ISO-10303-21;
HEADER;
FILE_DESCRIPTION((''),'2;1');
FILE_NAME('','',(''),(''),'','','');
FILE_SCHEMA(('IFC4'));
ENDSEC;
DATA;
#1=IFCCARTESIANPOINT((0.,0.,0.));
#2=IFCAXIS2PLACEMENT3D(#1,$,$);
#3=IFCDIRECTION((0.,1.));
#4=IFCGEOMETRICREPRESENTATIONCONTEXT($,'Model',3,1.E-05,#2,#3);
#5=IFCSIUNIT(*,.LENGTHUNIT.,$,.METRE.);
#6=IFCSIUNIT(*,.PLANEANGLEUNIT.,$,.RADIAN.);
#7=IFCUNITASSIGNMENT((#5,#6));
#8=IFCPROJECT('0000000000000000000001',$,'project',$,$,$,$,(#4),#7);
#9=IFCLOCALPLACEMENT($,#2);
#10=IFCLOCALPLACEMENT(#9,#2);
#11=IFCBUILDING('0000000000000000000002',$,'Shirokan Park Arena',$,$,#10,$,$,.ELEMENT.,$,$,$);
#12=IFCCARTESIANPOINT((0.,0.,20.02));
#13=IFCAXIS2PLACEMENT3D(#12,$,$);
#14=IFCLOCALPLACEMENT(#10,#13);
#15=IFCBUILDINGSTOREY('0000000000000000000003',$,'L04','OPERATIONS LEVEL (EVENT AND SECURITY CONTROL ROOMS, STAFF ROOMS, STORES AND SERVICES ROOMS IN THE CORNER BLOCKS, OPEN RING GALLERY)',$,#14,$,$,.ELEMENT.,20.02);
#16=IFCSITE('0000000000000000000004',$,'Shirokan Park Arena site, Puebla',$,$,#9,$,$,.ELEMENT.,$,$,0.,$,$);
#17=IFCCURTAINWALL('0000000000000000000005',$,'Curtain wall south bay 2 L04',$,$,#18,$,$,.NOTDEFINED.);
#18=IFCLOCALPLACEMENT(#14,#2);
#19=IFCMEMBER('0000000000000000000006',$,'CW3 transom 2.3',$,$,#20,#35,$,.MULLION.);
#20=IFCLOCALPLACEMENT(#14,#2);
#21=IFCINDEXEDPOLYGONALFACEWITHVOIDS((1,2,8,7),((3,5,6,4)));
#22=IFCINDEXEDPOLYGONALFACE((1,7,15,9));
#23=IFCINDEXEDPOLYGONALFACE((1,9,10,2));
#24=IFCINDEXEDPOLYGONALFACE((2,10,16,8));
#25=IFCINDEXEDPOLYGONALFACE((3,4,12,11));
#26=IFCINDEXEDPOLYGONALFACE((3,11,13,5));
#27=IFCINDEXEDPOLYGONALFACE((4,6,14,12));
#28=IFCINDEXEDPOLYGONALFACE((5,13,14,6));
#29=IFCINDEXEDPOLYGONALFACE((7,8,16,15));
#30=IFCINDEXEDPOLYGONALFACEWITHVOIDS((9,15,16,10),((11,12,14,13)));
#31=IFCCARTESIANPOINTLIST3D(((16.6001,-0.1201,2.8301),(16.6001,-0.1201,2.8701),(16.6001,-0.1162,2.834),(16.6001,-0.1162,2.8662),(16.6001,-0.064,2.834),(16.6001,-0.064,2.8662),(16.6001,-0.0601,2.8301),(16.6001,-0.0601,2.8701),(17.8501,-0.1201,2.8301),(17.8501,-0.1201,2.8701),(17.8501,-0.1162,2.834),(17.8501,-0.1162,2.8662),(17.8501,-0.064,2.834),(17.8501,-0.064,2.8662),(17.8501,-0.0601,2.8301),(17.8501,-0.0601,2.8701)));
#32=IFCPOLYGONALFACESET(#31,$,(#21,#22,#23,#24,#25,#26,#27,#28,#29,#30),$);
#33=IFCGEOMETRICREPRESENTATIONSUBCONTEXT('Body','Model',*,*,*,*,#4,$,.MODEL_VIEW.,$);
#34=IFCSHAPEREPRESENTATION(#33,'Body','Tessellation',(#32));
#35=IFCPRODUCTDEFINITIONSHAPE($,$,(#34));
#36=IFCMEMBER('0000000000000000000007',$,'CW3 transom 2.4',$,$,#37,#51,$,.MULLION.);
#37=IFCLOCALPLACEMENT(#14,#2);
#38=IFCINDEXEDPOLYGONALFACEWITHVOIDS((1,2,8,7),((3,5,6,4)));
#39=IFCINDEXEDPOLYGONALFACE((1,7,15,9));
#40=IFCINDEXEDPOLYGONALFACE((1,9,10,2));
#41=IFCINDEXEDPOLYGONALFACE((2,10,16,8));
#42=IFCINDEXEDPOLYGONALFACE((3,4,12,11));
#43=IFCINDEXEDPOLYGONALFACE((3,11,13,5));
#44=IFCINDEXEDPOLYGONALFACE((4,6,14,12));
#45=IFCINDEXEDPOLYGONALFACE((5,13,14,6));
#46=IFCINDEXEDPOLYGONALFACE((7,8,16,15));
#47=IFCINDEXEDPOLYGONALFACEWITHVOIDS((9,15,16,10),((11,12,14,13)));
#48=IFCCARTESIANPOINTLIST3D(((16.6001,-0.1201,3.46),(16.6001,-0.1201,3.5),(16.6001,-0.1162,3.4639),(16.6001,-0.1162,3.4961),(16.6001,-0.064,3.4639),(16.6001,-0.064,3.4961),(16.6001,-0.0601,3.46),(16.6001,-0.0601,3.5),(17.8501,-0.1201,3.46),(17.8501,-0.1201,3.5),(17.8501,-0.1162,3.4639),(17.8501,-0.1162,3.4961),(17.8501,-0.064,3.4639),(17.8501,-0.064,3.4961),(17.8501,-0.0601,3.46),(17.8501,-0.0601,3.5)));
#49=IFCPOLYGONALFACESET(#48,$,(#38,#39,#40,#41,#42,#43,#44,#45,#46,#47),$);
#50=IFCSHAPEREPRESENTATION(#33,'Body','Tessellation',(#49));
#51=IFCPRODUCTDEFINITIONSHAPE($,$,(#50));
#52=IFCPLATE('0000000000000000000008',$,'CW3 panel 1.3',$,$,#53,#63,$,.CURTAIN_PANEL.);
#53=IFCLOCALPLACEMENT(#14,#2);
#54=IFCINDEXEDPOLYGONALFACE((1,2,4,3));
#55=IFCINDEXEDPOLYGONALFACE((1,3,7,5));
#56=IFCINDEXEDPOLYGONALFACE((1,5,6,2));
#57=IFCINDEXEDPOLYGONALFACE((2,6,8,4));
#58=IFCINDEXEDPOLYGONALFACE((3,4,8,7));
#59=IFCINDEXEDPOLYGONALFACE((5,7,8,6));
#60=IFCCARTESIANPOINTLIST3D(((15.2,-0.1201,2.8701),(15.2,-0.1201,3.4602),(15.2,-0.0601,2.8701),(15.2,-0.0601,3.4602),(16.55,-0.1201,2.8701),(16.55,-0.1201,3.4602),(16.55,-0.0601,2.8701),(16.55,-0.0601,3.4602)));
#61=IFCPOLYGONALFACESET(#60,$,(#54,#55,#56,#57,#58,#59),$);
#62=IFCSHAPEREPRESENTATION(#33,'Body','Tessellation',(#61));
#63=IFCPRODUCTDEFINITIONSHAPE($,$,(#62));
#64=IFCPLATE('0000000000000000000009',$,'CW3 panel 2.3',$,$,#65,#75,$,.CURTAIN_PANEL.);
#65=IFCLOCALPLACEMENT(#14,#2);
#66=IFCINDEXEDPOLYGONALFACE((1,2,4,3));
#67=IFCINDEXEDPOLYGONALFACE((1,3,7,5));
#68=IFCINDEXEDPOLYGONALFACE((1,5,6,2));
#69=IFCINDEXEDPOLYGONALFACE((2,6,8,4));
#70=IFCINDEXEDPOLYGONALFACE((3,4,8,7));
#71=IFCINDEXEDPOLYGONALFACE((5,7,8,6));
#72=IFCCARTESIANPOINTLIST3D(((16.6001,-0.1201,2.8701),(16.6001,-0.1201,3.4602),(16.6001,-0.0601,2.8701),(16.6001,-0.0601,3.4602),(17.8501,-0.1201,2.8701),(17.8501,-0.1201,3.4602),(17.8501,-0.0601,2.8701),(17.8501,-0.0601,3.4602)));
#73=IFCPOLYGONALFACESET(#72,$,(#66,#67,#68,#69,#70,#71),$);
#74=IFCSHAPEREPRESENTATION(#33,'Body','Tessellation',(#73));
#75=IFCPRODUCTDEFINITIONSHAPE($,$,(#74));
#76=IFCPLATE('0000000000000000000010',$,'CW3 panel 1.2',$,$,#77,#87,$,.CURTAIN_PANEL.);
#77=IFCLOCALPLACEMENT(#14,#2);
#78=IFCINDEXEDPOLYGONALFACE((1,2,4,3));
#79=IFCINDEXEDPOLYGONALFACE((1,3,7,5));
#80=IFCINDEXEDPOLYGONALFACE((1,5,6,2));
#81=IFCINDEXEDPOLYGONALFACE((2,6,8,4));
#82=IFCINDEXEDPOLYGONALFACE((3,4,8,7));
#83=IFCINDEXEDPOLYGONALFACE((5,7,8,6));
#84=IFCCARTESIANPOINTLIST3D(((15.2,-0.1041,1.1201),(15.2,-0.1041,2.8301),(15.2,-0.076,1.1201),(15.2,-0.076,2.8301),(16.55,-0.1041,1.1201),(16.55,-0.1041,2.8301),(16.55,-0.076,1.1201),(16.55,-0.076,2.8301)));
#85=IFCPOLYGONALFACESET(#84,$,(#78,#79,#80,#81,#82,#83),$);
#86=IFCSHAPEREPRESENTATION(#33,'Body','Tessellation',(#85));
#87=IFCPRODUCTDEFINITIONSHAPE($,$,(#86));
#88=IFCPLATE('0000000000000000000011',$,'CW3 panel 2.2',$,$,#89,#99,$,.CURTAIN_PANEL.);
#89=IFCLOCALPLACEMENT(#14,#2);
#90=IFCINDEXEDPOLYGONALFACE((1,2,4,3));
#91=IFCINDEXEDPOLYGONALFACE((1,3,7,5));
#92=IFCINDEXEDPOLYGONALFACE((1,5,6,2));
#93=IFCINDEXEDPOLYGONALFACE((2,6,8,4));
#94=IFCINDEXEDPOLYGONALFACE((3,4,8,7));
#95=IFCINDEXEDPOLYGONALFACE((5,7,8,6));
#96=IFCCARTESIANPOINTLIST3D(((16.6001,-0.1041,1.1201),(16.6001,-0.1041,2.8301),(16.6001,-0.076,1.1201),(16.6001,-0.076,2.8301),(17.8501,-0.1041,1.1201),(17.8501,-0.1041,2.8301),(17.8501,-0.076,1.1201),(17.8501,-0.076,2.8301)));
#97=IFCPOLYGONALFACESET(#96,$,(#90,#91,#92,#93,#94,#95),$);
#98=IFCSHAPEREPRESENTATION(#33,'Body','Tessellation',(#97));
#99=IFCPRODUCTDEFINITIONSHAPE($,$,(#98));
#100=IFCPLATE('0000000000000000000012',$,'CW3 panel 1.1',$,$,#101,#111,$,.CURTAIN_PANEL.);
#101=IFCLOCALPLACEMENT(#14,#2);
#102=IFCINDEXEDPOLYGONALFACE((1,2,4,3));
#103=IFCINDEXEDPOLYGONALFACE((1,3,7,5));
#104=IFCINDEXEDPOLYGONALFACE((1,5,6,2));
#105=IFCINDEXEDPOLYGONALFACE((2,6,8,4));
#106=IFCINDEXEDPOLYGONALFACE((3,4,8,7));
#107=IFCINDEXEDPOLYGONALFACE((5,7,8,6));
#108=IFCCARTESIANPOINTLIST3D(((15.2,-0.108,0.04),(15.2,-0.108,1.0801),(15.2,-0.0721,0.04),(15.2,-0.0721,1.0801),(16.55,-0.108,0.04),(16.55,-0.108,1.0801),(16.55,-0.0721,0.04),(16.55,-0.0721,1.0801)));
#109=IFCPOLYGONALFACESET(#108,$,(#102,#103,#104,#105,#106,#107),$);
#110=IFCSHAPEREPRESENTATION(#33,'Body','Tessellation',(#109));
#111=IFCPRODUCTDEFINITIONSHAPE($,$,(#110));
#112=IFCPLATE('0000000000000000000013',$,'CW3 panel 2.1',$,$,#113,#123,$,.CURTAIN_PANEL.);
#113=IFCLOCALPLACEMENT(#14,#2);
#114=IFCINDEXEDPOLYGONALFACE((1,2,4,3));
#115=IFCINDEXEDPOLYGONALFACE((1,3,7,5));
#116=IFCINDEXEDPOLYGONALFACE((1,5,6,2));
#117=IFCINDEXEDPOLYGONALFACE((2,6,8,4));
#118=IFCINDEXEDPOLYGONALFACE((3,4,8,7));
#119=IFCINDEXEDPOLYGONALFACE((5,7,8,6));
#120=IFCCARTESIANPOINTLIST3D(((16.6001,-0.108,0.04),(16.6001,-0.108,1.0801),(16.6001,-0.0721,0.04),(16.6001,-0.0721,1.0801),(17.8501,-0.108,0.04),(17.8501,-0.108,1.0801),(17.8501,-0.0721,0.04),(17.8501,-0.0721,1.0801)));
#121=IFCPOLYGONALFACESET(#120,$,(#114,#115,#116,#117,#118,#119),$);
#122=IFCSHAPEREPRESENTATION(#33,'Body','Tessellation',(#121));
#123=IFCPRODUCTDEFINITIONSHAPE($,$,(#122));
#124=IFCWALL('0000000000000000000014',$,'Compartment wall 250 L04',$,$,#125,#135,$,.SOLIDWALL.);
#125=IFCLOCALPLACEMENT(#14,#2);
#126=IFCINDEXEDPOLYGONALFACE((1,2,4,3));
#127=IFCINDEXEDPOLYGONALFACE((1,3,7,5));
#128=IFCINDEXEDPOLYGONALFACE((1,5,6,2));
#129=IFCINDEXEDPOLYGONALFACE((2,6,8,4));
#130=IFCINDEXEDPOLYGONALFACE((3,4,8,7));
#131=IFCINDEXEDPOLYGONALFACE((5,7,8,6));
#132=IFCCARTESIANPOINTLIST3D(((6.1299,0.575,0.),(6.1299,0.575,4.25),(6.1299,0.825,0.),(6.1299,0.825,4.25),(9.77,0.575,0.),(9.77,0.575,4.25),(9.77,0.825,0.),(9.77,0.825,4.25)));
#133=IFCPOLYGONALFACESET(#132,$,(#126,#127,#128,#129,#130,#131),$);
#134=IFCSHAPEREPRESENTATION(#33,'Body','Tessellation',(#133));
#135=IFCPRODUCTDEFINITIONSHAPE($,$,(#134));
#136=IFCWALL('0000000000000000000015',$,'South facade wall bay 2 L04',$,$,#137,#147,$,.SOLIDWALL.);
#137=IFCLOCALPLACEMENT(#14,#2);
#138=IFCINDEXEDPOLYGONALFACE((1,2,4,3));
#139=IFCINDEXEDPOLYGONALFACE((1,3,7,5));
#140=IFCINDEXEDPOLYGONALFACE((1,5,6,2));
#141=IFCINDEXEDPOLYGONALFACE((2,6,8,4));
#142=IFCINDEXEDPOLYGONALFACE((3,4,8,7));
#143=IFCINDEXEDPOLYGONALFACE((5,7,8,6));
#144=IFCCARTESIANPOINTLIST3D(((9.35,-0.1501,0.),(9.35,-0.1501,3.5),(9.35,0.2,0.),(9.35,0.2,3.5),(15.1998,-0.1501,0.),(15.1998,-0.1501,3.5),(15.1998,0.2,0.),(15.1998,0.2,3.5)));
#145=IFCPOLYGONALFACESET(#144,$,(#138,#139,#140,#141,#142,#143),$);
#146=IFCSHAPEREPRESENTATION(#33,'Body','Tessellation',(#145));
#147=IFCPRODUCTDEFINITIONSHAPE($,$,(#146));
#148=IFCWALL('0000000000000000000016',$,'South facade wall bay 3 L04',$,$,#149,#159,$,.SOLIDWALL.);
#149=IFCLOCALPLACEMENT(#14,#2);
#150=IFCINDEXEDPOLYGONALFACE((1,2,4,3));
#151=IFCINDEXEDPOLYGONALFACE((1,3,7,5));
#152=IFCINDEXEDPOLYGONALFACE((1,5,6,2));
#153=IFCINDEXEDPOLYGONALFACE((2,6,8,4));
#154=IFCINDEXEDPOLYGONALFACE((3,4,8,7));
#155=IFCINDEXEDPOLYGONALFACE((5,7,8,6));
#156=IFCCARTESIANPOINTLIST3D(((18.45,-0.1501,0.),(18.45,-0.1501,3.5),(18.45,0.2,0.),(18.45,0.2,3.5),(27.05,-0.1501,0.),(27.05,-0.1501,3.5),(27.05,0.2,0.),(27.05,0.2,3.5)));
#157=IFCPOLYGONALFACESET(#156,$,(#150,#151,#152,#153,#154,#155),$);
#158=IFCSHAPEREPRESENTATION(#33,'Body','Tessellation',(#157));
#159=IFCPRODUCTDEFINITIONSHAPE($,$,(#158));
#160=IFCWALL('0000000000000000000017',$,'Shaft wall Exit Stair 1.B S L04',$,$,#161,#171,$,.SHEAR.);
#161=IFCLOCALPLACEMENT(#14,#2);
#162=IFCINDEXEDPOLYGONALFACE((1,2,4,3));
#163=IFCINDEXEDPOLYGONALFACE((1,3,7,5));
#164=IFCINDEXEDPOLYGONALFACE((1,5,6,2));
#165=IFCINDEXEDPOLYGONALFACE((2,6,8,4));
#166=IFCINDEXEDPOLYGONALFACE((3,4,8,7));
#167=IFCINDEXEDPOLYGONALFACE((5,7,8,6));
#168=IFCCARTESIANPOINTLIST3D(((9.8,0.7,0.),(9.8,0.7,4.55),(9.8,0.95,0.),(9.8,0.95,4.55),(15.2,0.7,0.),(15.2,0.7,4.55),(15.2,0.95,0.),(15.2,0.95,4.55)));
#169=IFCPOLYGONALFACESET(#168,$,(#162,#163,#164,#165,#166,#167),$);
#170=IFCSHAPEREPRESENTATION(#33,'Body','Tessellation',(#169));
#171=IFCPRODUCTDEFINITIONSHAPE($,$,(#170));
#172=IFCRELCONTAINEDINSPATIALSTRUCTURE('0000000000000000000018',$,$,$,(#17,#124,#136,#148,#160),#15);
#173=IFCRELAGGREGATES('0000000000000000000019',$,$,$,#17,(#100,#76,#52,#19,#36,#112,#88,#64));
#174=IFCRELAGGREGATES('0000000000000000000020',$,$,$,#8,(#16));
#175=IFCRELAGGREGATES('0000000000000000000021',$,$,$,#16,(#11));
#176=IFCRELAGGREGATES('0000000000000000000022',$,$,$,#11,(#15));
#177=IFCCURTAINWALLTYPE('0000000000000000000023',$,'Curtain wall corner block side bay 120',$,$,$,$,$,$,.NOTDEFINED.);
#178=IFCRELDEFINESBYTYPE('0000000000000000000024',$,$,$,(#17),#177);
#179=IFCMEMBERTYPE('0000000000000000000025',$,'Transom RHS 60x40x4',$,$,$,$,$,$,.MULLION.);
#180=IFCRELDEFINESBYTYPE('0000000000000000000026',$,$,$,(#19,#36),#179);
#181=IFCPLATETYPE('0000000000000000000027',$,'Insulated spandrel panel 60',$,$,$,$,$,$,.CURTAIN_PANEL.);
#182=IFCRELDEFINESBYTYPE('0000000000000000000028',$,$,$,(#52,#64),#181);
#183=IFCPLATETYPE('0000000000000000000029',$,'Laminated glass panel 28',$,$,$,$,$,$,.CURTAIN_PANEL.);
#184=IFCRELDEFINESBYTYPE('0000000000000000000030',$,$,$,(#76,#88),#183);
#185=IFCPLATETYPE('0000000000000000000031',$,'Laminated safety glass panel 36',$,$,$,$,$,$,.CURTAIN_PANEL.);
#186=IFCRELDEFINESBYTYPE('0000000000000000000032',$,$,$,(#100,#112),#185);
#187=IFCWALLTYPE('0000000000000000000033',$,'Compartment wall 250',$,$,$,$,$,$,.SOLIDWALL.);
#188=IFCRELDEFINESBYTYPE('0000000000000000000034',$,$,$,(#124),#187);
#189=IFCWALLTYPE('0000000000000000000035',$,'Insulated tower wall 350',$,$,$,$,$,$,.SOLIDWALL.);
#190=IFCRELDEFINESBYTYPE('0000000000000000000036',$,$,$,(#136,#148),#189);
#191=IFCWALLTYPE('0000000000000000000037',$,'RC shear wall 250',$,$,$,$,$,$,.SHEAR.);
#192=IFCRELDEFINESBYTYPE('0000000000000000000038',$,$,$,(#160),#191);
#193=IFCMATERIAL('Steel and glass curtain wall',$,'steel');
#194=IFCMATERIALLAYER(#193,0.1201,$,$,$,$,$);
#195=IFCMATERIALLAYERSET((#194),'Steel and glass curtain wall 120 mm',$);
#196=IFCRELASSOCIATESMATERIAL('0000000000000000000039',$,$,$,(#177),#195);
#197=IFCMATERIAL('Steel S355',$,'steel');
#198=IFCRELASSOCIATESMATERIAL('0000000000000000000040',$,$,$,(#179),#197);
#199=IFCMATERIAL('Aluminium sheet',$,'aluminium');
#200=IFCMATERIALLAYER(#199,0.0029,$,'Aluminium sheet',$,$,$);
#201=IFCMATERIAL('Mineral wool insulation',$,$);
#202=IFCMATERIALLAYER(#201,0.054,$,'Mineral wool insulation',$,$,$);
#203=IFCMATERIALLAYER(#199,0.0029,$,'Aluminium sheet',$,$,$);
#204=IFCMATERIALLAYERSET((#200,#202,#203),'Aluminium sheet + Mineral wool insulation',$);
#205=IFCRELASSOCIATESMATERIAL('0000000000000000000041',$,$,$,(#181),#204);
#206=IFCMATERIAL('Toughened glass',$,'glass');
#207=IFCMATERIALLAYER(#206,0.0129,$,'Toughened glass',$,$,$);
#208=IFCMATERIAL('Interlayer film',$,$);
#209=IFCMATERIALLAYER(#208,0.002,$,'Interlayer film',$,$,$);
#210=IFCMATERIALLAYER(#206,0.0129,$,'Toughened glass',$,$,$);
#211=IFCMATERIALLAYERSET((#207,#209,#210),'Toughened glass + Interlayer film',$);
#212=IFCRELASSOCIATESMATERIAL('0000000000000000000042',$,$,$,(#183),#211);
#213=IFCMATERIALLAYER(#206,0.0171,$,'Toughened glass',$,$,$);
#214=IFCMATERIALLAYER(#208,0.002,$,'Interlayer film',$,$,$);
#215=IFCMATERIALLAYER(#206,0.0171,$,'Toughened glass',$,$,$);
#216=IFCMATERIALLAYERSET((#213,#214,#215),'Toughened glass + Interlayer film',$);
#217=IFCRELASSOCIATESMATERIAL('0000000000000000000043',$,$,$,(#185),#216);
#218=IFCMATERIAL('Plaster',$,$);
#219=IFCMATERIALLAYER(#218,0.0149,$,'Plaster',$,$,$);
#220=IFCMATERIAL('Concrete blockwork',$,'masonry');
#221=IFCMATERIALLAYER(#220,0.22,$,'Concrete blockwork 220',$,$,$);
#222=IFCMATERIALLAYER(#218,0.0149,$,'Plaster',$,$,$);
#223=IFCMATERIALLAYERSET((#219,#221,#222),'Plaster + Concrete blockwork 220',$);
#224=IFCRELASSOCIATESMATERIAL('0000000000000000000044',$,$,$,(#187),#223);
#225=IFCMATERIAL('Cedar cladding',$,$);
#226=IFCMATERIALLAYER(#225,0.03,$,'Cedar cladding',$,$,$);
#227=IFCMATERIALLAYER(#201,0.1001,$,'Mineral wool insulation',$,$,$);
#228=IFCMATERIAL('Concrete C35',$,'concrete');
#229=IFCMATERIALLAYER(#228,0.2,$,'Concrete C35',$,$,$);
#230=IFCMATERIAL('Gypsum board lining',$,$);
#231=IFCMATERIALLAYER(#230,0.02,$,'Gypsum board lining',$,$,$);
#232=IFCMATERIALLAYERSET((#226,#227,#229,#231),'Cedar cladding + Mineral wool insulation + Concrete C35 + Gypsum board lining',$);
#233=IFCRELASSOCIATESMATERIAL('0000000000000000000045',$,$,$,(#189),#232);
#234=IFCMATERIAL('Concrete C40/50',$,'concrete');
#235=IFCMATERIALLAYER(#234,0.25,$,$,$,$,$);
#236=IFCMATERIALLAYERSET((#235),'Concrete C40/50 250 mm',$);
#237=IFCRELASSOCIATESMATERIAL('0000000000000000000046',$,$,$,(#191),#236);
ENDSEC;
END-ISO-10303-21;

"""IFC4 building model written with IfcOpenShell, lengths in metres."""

from ifc_helpers import new_model, si_unit, direction, frame, frame_2d, origin, origin_2d, place, context, subcontext, project, spatial, rectangle, hollow_rectangle, extrude, material, layer, layer_set, material_profile, profile_set, type_object, element, aggregate, save


model = new_model("IFC4")

# Units and contexts
model_context = context("Model", 3, precision=1e-05, world=origin(), true_north=direction((0.0, 1.0)))
body_context = subcontext(model_context, "Body", "Model", "MODEL_VIEW")
ifc_project = project(units=[si_unit("LENGTHUNIT", "METRE"), si_unit("PLANEANGLEUNIT", "RADIAN")], contexts=[model_context])

# Site, building, storey
site_placement = place(None, origin())
site = spatial("IfcSite", under=ifc_project, at=site_placement, Name="Shirokan Park Arena site, Puebla", CompositionType="ELEMENT", RefElevation=0.0)
building_placement = place(site_placement, origin())
building = spatial("IfcBuilding", under=site, at=building_placement, Name="Shirokan Park Arena", CompositionType="ELEMENT")
storey_placement = place(building_placement, frame((0.0, 0.0, 20.02)))
storey = spatial("IfcBuildingStorey", under=building, at=storey_placement, Name="L04", Description="OPERATIONS LEVEL (EVENT AND SECURITY CONTROL ROOMS, STAFF ROOMS, STORES AND SERVICES ROOMS IN THE CORNER BLOCKS, OPEN RING GALLERY)", CompositionType="ELEMENT", Elevation=20.02)

# Shared definitions
ifc_material_1 = material(Name="Concrete C35", Category="concrete")

# Curtain wall
ifc_material_2 = material(Name="Steel and glass curtain wall", Category="steel")
ifc_layer_1 = layer(ifc_material_2, 0.1201)
ifc_layer_set_1 = layer_set([ifc_layer_1], Name="Steel and glass curtain wall 120 mm")
curtain_wall_type = type_object("IfcCurtainWallType", Name="Curtain wall corner block side bay 120", PredefinedType="NOTDEFINED", material=ifc_layer_set_1)
curtain_wall_placement = place(storey_placement, origin())
curtain_wall = element("IfcCurtainWall", 1, at=curtain_wall_placement, inside=storey, type_object=curtain_wall_type, Name="Curtain wall south bay 2 L04", PredefinedType="NOTDEFINED")
ifc_material_3 = material(Name="Steel S355", Category="steel")

# Members
ifc_material_profile_1 = material_profile(ifc_material_3, hollow_rectangle(XDim=0.0601, YDim=0.04, WallThickness=0.0039, at=origin_2d()), Name="RHS 60x40x4")
ifc_profile_set_1 = profile_set([ifc_material_profile_1], Name="Steel S355")
member_type_1 = type_object("IfcMemberType", Name="Transom RHS 60x40x4", PredefinedType="MULLION", material=ifc_profile_set_1)
member_1_placement = place(storey_placement, frame((16.6001, -0.0901, 2.8501), z_axis=(1.0, 0.0, 0.0), x_axis=(0.0, 1.0, 0.0)))
member_1 = element("IfcMember", 2, at=member_1_placement, type_object=member_type_1, Name="CW3 transom 2.3", PredefinedType="MULLION", context=body_context, shape_type="SweptSolid", body=[
    extrude(hollow_rectangle(XDim=0.0601, YDim=0.04, WallThickness=0.0039, at=origin_2d()), origin(), (0.0, 0.0, 1.0), 1.25),
])
member_2_placement = place(storey_placement, frame((16.6001, -0.0901, 3.48), z_axis=(1.0, 0.0, 0.0), x_axis=(0.0, 1.0, 0.0)))
member_2 = element("IfcMember", 3, at=member_2_placement, type_object=member_type_1, Name="CW3 transom 2.4", PredefinedType="MULLION", context=body_context, shape_type="SweptSolid", body=[
    extrude(hollow_rectangle(XDim=0.0601, YDim=0.04, WallThickness=0.0039, at=origin_2d()), origin(), (0.0, 0.0, 1.0), 1.25),
])

# Plates
ifc_material_4 = material(Name="Aluminium sheet", Category="aluminium")
ifc_layer_2 = layer(ifc_material_4, 0.0029, Name="Aluminium sheet")
ifc_material_5 = material(Name="Mineral wool insulation")
ifc_layer_3 = layer(ifc_material_5, 0.054, Name="Mineral wool insulation")
ifc_layer_4 = layer(ifc_material_4, 0.0029, Name="Aluminium sheet")
ifc_layer_set_2 = layer_set([ifc_layer_2, ifc_layer_3, ifc_layer_4], Name="Aluminium sheet + Mineral wool insulation")
plate_type_1 = type_object("IfcPlateType", Name="Insulated spandrel panel 60", PredefinedType="CURTAIN_PANEL", material=ifc_layer_set_2)
plate_1_placement = place(storey_placement, frame((15.875, -0.0901, 2.8701), z_axis=(0.0, 0.0, 1.0), x_axis=(1.0, 0.0, 0.0)))
plate_1 = element("IfcPlate", 4, at=plate_1_placement, type_object=plate_type_1, Name="CW3 panel 1.3", PredefinedType="CURTAIN_PANEL", context=body_context, shape_type="SweptSolid", body=[
    extrude(rectangle(XDim=1.3501, YDim=0.0601, at=origin_2d()), origin(), (0.0, 0.0, 1.0), 0.5901),
])
plate_2_placement = place(storey_placement, frame((17.2251, -0.0901, 2.8701), z_axis=(0.0, 0.0, 1.0), x_axis=(1.0, 0.0, 0.0)))
plate_2 = element("IfcPlate", 5, at=plate_2_placement, type_object=plate_type_1, Name="CW3 panel 2.3", PredefinedType="CURTAIN_PANEL", context=body_context, shape_type="SweptSolid", body=[
    extrude(rectangle(XDim=1.25, YDim=0.0601, at=origin_2d()), origin(), (0.0, 0.0, 1.0), 0.5901),
])
ifc_material_6 = material(Name="Toughened glass", Category="glass")
ifc_layer_5 = layer(ifc_material_6, 0.0129, Name="Toughened glass")
ifc_material_7 = material(Name="Interlayer film")
ifc_layer_6 = layer(ifc_material_7, 0.002, Name="Interlayer film")
ifc_layer_7 = layer(ifc_material_6, 0.0129, Name="Toughened glass")
ifc_layer_set_3 = layer_set([ifc_layer_5, ifc_layer_6, ifc_layer_7], Name="Toughened glass + Interlayer film")
plate_type_2 = type_object("IfcPlateType", Name="Laminated glass panel 28", PredefinedType="CURTAIN_PANEL", material=ifc_layer_set_3)
plate_3_placement = place(storey_placement, frame((15.875, -0.0901, 1.1201), z_axis=(0.0, 0.0, 1.0), x_axis=(1.0, 0.0, 0.0)))
plate_3 = element("IfcPlate", 6, at=plate_3_placement, type_object=plate_type_2, Name="CW3 panel 1.2", PredefinedType="CURTAIN_PANEL", context=body_context, shape_type="SweptSolid", body=[
    extrude(rectangle(XDim=1.3501, YDim=0.0281, at=origin_2d()), origin(), (0.0, 0.0, 1.0), 1.71),
])
plate_4_placement = place(storey_placement, frame((17.2251, -0.0901, 1.1201), z_axis=(0.0, 0.0, 1.0), x_axis=(1.0, 0.0, 0.0)))
plate_4 = element("IfcPlate", 7, at=plate_4_placement, type_object=plate_type_2, Name="CW3 panel 2.2", PredefinedType="CURTAIN_PANEL", context=body_context, shape_type="SweptSolid", body=[
    extrude(rectangle(XDim=1.25, YDim=0.0281, at=origin_2d()), origin(), (0.0, 0.0, 1.0), 1.71),
])
ifc_layer_8 = layer(ifc_material_6, 0.0171, Name="Toughened glass")
ifc_layer_9 = layer(ifc_material_7, 0.002, Name="Interlayer film")
ifc_layer_10 = layer(ifc_material_6, 0.0171, Name="Toughened glass")
ifc_layer_set_4 = layer_set([ifc_layer_8, ifc_layer_9, ifc_layer_10], Name="Toughened glass + Interlayer film")
plate_type_3 = type_object("IfcPlateType", Name="Laminated safety glass panel 36", PredefinedType="CURTAIN_PANEL", material=ifc_layer_set_4)
plate_5_placement = place(storey_placement, frame((15.875, -0.0901, 0.04), z_axis=(0.0, 0.0, 1.0), x_axis=(1.0, 0.0, 0.0)))
plate_5 = element("IfcPlate", 8, at=plate_5_placement, type_object=plate_type_3, Name="CW3 panel 1.1", PredefinedType="CURTAIN_PANEL", context=body_context, shape_type="SweptSolid", body=[
    extrude(rectangle(XDim=1.3501, YDim=0.0359, at=origin_2d()), origin(), (0.0, 0.0, 1.0), 1.04),
])
plate_6_placement = place(storey_placement, frame((17.2251, -0.0901, 0.04), z_axis=(0.0, 0.0, 1.0), x_axis=(1.0, 0.0, 0.0)))
plate_6 = element("IfcPlate", 9, at=plate_6_placement, type_object=plate_type_3, Name="CW3 panel 2.1", PredefinedType="CURTAIN_PANEL", context=body_context, shape_type="SweptSolid", body=[
    extrude(rectangle(XDim=1.25, YDim=0.0359, at=origin_2d()), origin(), (0.0, 0.0, 1.0), 1.04),
])
aggregate(curtain_wall, [plate_5, plate_3, plate_1, member_1, member_2, plate_6, plate_4, plate_2])

# Walls
ifc_material_8 = material(Name="Plaster")
ifc_layer_11 = layer(ifc_material_8, 0.0149, Name="Plaster")
ifc_material_9 = material(Name="Concrete blockwork", Category="masonry")
ifc_layer_12 = layer(ifc_material_9, 0.22, Name="Concrete blockwork 220")
ifc_layer_13 = layer(ifc_material_8, 0.0149, Name="Plaster")
ifc_layer_set_5 = layer_set([ifc_layer_11, ifc_layer_12, ifc_layer_13], Name="Plaster + Concrete blockwork 220")
wall_type_1 = type_object("IfcWallType", Name="Compartment wall 250", PredefinedType="SOLIDWALL", material=ifc_layer_set_5)
wall_1_placement = place(storey_placement, frame((9.77, 0.7, 0.0), z_axis=(0.0, 0.0, 1.0), x_axis=(-1.0, 0.0, 0.0)))
element("IfcWall", 10, at=wall_1_placement, inside=storey, type_object=wall_type_1, Name="Compartment wall 250 L04", PredefinedType="SOLIDWALL", context=body_context, shape_type="SweptSolid", body=[
    extrude(rectangle(XDim=3.6401, YDim=0.25, at=frame_2d((1.8201, 0.0))), origin(), (0.0, 0.0, 1.0), 4.25),
])
ifc_material_10 = material(Name="Cedar cladding")
ifc_layer_14 = layer(ifc_material_10, 0.03, Name="Cedar cladding")
ifc_layer_15 = layer(ifc_material_5, 0.1001, Name="Mineral wool insulation")
ifc_layer_16 = layer(ifc_material_1, 0.2, Name="Concrete C35")
ifc_material_11 = material(Name="Gypsum board lining")
ifc_layer_17 = layer(ifc_material_11, 0.02, Name="Gypsum board lining")
ifc_layer_set_6 = layer_set([ifc_layer_14, ifc_layer_15, ifc_layer_16, ifc_layer_17], Name="Cedar cladding + Mineral wool insulation + Concrete C35 + Gypsum board lining")
wall_type_2 = type_object("IfcWallType", Name="Insulated tower wall 350", PredefinedType="SOLIDWALL", material=ifc_layer_set_6)
wall_2_placement = place(storey_placement, frame((9.3501, 0.0249, 0.0), z_axis=(0.0, 0.0, 1.0), x_axis=(1.0, 0.0, 0.0)))
element("IfcWall", 11, at=wall_2_placement, inside=storey, type_object=wall_type_2, Name="South facade wall bay 2 L04", PredefinedType="SOLIDWALL", context=body_context, shape_type="SweptSolid", body=[
    extrude(rectangle(XDim=5.8499, YDim=0.3501, at=frame_2d((2.9248, 0.0))), origin(), (0.0, 0.0, 1.0), 3.5),
])
wall_3_placement = place(storey_placement, frame((18.45, 0.0249, 0.0), z_axis=(0.0, 0.0, 1.0), x_axis=(1.0, 0.0, 0.0)))
element("IfcWall", 12, at=wall_3_placement, inside=storey, type_object=wall_type_2, Name="South facade wall bay 3 L04", PredefinedType="SOLIDWALL", context=body_context, shape_type="SweptSolid", body=[
    extrude(rectangle(XDim=8.6001, YDim=0.3501, at=frame_2d((4.3, 0.0))), origin(), (0.0, 0.0, 1.0), 3.5),
])
ifc_material_12 = material(Name="Concrete C40/50", Category="concrete")
ifc_layer_18 = layer(ifc_material_12, 0.25)
ifc_layer_set_7 = layer_set([ifc_layer_18], Name="Concrete C40/50 250 mm")
wall_type_3 = type_object("IfcWallType", Name="RC shear wall 250", PredefinedType="SHEAR", material=ifc_layer_set_7)
wall_4_placement = place(storey_placement, frame((15.2, 0.825, 0.0), z_axis=(0.0, 0.0, 1.0), x_axis=(-1.0, 0.0, 0.0)))
element("IfcWall", 13, at=wall_4_placement, inside=storey, type_object=wall_type_3, Name="Shaft wall Exit Stair 1.B S L04", PredefinedType="SHEAR", context=body_context, shape_type="SweptSolid", body=[
    extrude(rectangle(XDim=5.3999, YDim=0.25, at=frame_2d((2.7, 0.0))), origin(), (0.0, 0.0, 1.0), 4.55),
])

save(model, "model.ifc")
